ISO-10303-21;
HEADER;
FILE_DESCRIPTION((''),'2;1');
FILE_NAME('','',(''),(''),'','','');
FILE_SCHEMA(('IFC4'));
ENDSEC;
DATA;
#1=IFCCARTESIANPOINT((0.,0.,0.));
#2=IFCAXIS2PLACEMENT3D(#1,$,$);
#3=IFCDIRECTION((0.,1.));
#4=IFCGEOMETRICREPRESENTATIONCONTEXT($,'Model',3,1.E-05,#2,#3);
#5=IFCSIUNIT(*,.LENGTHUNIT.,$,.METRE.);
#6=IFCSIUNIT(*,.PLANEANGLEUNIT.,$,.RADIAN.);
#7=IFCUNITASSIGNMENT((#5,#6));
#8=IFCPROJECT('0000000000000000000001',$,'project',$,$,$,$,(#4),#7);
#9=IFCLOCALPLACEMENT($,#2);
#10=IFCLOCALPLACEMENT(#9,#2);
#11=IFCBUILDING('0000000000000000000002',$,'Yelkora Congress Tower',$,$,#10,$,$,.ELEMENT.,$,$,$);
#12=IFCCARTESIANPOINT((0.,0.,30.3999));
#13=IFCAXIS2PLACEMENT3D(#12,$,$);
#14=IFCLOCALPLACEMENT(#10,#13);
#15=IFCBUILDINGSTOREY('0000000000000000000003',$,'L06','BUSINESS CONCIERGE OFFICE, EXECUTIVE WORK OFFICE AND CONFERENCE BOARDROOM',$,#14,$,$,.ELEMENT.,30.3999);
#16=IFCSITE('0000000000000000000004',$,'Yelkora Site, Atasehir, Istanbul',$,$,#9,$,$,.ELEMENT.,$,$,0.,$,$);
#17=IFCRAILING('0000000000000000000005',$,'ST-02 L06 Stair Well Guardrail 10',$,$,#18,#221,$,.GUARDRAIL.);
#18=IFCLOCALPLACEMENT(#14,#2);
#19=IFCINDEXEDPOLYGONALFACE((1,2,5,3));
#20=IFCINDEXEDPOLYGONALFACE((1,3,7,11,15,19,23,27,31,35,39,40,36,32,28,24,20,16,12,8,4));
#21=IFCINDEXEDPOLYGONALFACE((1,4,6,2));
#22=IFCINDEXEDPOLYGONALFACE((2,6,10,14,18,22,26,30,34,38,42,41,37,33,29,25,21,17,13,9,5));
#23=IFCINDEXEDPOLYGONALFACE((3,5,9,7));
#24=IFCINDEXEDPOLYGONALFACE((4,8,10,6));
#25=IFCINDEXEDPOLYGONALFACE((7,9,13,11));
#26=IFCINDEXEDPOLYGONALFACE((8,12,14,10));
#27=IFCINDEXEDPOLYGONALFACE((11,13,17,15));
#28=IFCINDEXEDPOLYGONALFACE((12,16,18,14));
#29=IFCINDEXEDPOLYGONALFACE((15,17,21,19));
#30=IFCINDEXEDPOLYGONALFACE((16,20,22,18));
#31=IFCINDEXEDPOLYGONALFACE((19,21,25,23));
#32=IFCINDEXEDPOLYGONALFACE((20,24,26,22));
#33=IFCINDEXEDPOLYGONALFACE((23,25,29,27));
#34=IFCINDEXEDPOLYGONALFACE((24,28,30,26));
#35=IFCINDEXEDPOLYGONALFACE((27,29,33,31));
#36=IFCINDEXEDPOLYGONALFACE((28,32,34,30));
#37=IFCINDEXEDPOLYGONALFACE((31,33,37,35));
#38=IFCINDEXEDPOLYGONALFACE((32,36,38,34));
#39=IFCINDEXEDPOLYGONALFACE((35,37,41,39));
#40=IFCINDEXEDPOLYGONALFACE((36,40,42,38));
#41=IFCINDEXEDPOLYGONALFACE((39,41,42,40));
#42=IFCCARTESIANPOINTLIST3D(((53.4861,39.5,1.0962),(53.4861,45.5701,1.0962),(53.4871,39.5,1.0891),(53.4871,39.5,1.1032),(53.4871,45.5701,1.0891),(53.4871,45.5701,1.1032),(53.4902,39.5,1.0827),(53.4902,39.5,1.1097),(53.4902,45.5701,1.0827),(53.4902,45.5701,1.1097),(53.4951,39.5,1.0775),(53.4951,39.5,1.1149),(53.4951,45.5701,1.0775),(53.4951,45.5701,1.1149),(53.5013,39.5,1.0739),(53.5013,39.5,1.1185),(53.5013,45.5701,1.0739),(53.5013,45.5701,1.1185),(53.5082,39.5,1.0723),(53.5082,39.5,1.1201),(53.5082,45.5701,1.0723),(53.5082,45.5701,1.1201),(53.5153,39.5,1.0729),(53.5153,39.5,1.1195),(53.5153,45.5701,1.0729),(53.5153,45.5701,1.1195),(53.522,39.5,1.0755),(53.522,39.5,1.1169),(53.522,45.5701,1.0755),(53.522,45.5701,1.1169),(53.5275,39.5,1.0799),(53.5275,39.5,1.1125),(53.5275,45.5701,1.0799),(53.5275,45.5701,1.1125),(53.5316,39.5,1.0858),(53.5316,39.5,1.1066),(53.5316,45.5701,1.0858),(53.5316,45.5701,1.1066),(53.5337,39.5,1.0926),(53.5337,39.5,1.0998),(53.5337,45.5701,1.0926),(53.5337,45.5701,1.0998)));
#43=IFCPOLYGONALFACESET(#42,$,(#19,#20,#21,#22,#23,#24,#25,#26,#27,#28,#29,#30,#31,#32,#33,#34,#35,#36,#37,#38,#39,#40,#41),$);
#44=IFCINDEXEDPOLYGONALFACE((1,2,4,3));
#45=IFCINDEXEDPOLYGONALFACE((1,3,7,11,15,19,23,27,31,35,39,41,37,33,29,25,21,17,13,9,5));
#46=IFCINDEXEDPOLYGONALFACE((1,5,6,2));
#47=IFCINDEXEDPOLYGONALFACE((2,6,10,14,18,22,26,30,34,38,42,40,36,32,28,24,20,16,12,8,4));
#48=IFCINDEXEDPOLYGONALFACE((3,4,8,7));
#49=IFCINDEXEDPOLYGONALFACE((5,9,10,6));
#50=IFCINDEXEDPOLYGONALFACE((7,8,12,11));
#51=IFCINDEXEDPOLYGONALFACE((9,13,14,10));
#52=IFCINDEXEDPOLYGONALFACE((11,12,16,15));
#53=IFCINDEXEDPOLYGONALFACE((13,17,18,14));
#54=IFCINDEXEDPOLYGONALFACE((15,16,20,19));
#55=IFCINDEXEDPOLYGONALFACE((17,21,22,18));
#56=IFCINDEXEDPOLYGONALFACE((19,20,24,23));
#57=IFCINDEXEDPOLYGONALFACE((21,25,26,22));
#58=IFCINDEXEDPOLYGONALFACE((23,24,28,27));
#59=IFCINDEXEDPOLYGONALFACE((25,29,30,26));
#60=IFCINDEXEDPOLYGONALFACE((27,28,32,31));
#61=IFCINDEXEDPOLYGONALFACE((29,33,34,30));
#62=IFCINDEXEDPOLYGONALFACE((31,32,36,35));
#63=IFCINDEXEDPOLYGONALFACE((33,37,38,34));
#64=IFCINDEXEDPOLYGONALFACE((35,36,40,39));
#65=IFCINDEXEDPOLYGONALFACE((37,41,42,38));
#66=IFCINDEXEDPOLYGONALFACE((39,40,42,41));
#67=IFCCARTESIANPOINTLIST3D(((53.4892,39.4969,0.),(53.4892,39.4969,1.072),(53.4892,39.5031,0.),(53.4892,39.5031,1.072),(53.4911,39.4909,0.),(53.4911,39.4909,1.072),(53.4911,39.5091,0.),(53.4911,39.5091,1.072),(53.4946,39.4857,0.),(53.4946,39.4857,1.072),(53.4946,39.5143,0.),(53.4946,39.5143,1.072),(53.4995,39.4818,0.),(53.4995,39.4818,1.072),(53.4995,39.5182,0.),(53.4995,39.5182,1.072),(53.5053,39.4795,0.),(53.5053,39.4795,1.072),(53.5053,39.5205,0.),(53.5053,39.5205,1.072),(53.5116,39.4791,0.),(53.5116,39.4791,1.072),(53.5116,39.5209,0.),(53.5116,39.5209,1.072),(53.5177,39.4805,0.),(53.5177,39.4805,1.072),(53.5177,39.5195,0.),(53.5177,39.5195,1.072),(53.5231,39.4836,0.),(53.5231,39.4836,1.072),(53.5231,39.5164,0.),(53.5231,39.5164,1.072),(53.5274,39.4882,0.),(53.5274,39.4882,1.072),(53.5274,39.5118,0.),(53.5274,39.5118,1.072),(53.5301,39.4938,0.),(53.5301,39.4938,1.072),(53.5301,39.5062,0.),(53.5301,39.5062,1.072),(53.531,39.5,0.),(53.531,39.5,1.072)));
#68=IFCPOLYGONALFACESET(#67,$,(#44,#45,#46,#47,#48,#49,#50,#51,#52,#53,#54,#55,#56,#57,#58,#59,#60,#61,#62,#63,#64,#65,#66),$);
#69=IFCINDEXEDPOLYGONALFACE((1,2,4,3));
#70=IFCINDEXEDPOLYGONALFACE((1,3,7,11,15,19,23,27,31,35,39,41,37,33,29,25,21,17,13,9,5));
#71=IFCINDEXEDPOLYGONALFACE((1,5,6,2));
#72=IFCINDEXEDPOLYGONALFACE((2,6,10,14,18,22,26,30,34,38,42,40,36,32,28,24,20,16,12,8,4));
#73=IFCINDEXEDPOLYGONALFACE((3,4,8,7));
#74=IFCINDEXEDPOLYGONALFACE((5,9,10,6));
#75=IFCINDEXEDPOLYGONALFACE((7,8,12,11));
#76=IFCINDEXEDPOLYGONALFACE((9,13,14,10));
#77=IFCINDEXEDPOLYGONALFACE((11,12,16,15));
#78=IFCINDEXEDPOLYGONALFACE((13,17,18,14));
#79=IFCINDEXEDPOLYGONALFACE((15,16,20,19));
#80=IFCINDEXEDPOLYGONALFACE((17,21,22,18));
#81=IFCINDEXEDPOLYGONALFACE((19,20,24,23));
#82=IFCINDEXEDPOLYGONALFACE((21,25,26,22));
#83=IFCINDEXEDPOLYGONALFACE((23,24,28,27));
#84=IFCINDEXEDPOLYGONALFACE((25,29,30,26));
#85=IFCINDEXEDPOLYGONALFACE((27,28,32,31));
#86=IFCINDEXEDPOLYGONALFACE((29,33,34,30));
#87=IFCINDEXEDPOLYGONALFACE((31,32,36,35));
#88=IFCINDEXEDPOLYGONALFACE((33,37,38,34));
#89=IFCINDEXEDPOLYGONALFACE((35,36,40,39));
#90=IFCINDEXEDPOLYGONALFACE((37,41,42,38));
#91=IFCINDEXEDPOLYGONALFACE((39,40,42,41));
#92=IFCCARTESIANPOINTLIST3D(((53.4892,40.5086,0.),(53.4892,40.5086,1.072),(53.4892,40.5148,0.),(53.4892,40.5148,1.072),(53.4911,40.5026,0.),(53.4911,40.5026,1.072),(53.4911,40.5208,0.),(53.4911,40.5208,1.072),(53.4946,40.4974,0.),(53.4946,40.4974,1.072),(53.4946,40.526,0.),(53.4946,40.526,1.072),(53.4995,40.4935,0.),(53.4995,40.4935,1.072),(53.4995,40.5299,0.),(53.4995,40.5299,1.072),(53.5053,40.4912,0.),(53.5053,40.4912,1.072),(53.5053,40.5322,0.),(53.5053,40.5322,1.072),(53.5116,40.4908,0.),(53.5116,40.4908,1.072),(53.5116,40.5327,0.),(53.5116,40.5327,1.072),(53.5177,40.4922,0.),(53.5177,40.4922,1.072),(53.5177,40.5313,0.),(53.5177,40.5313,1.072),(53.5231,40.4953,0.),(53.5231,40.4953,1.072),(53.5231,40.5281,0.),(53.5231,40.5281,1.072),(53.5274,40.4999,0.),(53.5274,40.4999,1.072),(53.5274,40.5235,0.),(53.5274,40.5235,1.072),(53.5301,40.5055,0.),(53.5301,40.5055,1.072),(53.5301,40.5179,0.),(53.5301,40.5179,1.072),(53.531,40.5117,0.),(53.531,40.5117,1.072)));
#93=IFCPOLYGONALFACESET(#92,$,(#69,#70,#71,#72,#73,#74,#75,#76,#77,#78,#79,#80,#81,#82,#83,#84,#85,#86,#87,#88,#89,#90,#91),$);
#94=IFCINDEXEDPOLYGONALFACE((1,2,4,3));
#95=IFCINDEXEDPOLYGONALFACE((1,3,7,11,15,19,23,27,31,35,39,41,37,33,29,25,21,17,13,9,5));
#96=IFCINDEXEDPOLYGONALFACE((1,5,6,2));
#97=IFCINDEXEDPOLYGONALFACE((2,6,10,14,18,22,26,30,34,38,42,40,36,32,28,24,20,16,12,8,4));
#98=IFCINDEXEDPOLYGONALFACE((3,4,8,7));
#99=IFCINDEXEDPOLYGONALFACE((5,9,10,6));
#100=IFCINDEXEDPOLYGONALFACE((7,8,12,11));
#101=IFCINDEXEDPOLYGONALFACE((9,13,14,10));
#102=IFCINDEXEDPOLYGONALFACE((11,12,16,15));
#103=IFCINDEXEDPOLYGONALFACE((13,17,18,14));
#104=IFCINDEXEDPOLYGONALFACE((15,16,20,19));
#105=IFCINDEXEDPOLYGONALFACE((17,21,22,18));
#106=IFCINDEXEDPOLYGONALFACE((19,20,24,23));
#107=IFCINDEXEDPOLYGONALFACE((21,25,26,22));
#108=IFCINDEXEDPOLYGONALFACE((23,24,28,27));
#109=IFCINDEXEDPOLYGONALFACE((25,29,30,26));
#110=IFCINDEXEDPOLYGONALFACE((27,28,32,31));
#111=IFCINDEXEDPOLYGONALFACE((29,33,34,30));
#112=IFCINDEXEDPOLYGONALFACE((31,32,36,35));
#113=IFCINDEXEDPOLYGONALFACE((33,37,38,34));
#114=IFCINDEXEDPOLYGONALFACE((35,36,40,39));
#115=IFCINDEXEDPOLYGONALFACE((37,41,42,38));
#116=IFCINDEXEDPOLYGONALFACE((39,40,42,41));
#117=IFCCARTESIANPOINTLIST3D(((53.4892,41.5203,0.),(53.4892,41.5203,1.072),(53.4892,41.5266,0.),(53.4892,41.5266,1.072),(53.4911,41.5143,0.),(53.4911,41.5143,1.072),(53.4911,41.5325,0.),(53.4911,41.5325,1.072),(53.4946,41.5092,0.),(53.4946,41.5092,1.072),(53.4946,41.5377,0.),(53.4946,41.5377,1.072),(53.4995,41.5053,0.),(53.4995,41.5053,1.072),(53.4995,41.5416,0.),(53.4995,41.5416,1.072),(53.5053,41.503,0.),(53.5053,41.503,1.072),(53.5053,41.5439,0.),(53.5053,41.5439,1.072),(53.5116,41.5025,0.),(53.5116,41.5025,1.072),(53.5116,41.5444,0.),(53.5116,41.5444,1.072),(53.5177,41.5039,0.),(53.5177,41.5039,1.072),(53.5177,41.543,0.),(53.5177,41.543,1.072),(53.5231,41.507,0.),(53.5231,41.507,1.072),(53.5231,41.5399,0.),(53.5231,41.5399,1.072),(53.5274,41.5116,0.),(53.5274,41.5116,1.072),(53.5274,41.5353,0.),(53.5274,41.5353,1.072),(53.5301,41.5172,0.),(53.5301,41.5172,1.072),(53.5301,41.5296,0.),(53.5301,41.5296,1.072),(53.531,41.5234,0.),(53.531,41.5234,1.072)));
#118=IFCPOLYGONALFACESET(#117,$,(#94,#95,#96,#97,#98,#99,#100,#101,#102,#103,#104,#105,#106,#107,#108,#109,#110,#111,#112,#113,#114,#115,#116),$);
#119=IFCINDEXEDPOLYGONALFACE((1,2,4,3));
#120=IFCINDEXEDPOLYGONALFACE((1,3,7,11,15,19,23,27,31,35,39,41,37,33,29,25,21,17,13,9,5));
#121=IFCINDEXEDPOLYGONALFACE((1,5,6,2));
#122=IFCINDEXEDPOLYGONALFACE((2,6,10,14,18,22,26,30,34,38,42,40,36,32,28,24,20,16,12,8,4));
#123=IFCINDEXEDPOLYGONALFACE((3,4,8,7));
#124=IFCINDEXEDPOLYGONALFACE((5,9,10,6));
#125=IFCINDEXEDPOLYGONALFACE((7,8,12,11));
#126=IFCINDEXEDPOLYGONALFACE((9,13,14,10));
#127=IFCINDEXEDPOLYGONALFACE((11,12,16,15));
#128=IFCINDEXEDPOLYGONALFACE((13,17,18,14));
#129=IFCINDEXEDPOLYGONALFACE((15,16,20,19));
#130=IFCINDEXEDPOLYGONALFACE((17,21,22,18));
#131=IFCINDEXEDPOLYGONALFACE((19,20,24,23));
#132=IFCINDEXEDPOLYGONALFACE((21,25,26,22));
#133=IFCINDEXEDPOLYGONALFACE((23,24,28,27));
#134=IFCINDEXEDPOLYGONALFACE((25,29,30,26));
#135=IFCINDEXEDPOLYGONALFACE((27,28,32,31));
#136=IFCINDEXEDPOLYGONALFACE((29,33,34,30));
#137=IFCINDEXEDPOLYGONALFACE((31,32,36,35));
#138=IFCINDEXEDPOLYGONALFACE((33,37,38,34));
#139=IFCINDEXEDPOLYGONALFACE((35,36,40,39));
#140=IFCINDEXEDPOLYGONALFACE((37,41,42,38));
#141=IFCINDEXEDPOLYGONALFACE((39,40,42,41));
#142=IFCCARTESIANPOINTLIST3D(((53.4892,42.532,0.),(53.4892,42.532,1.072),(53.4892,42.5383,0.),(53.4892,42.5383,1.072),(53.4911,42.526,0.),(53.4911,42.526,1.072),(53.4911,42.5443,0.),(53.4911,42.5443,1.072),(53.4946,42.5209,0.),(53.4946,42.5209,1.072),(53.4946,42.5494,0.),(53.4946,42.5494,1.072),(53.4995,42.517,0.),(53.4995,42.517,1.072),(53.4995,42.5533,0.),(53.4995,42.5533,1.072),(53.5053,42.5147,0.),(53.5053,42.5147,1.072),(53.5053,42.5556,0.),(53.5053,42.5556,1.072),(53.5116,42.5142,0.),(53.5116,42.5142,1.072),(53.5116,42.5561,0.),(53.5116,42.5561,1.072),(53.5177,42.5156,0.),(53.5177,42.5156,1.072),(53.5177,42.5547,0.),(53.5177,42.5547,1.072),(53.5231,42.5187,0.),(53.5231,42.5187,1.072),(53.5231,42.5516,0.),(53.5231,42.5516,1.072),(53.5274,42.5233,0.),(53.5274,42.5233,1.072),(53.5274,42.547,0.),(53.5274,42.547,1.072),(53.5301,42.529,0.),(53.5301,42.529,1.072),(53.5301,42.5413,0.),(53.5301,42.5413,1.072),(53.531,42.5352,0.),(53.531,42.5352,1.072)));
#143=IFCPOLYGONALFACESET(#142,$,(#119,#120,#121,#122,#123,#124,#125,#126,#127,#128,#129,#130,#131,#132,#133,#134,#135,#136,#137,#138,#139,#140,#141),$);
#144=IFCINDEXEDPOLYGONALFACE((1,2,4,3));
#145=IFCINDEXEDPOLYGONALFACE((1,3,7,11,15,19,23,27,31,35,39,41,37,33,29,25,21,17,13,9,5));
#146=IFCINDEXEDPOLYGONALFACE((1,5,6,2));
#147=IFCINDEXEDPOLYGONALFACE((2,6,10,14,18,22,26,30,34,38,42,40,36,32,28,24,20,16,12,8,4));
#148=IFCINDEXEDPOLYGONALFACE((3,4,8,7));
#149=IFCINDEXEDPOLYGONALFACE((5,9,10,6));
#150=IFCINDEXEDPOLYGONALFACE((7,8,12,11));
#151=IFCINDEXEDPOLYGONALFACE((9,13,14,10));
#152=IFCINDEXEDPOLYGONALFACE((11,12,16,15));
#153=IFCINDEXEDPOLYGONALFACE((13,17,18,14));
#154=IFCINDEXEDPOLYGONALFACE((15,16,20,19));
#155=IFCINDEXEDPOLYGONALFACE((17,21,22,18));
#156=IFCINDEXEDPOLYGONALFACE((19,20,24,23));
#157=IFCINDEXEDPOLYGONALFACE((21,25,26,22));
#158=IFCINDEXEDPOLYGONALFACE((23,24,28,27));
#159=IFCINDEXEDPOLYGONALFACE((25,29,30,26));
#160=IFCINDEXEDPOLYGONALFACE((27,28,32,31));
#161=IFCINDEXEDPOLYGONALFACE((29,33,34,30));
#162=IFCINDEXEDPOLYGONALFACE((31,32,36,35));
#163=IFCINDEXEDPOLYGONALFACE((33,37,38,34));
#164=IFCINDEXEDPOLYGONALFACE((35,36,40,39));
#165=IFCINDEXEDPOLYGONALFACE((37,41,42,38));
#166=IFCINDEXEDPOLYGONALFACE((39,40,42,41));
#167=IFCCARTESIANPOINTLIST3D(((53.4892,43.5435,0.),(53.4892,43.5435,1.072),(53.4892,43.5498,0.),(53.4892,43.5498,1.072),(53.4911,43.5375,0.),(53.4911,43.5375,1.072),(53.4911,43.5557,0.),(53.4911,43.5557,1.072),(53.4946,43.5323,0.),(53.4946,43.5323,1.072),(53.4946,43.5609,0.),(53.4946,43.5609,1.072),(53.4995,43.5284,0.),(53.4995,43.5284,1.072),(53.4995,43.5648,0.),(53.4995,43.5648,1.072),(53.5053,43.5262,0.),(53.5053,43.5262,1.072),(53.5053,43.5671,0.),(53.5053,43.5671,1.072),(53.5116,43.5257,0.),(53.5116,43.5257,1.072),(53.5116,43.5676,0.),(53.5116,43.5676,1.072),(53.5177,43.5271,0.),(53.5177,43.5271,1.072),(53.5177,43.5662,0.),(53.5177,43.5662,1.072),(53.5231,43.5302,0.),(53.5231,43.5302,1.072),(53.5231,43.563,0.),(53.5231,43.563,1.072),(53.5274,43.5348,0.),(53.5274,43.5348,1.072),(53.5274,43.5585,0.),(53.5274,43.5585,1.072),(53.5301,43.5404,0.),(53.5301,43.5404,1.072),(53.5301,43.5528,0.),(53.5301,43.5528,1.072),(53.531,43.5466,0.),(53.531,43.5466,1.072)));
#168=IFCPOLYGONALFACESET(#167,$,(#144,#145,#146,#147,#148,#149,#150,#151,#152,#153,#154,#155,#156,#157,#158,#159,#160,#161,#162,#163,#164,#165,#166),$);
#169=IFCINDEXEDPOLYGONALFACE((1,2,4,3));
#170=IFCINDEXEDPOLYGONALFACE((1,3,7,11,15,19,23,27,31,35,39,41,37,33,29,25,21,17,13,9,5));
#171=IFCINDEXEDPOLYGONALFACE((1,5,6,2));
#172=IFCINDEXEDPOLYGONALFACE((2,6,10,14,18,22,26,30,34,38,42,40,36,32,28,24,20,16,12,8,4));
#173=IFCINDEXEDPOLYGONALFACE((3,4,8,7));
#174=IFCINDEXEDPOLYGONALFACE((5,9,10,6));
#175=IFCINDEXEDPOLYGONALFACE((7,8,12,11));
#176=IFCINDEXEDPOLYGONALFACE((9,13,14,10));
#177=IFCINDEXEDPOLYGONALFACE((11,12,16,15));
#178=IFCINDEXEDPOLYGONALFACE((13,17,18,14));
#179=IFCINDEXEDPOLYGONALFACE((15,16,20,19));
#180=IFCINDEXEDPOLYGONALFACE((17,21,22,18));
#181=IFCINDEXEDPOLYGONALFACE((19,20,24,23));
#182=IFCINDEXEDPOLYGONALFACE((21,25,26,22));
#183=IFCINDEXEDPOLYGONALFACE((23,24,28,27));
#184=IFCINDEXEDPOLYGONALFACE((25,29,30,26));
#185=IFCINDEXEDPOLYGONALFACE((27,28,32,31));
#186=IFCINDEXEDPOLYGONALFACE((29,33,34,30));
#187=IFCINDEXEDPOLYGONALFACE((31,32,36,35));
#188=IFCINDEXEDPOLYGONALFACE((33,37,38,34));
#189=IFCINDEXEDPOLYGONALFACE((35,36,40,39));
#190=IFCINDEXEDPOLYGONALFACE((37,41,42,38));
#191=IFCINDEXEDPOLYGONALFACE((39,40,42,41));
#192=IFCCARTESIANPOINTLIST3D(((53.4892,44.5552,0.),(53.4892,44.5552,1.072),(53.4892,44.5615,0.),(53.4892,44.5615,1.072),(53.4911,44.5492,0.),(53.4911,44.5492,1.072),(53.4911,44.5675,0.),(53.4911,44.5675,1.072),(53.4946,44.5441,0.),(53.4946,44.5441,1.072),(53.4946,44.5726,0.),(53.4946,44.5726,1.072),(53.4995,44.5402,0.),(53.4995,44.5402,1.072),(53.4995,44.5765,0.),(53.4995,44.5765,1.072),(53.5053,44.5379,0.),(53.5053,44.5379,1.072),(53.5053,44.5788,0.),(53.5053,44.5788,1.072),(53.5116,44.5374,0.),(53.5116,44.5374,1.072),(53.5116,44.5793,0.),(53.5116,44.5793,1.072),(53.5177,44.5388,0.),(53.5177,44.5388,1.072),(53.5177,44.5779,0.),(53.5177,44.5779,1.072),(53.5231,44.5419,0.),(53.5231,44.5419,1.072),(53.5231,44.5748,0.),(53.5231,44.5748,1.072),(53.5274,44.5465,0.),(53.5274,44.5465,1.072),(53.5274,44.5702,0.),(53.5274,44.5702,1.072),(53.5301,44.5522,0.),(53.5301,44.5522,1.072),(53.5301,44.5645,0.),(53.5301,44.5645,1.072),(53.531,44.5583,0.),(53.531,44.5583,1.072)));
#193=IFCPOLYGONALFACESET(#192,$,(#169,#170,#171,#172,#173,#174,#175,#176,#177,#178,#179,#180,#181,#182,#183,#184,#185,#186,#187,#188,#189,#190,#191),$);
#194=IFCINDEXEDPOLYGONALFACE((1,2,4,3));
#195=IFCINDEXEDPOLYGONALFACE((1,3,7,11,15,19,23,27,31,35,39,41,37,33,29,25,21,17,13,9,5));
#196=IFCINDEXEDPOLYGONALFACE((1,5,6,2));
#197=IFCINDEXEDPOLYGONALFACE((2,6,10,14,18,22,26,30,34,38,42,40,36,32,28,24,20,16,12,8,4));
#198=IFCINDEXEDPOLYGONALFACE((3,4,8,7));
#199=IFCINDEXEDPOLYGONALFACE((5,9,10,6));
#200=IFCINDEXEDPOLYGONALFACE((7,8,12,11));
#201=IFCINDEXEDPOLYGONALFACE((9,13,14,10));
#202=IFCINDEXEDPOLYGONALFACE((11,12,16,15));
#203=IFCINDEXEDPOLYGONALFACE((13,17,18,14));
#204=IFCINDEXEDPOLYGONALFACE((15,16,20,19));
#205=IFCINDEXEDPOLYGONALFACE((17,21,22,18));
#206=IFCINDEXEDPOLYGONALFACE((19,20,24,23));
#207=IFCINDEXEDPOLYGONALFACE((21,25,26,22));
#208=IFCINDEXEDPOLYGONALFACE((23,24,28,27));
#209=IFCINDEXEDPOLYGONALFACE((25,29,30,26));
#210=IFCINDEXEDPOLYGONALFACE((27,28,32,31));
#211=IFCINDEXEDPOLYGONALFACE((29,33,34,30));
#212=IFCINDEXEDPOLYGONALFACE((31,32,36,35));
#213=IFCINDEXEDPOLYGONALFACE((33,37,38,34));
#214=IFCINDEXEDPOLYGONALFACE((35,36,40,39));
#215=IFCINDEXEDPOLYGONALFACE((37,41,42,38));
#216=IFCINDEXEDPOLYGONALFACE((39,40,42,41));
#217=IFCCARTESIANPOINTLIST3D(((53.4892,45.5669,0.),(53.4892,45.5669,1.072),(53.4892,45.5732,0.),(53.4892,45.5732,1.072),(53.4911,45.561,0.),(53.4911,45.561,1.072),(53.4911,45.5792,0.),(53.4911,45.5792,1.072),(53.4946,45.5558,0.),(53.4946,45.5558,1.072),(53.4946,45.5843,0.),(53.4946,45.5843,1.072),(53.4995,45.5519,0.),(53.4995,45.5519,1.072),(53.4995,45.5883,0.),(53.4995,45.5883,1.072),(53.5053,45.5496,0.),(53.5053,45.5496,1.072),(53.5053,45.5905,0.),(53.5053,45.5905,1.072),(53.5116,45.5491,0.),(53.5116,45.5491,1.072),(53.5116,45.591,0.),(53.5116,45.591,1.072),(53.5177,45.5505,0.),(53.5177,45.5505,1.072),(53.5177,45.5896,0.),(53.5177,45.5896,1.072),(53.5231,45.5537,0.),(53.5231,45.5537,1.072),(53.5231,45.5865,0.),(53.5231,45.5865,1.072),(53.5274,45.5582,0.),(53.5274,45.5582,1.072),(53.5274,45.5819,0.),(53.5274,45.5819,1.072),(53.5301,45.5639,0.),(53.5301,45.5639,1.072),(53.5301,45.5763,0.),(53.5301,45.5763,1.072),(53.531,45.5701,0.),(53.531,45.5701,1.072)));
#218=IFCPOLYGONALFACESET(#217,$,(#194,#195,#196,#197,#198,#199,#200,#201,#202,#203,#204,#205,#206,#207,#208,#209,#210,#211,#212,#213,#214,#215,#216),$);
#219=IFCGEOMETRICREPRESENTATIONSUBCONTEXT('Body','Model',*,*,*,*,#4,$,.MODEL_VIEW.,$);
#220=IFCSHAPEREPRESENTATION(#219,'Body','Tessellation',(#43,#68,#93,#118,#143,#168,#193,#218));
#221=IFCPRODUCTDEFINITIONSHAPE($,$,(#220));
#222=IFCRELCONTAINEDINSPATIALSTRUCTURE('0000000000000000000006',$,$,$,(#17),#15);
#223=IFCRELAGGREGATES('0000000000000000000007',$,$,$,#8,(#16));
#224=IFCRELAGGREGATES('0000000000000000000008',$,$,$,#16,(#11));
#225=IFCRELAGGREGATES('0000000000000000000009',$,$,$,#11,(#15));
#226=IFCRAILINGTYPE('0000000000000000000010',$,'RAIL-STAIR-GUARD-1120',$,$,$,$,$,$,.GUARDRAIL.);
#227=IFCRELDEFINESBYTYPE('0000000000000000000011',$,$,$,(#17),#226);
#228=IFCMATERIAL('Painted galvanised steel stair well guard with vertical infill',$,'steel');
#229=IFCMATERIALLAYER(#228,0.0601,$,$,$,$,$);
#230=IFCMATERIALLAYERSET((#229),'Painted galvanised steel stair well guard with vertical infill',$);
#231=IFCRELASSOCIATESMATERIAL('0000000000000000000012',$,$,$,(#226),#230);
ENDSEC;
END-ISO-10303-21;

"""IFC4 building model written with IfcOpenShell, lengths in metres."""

from ifc_helpers import new_model, si_unit, direction, frame, origin, origin_2d, place, context, subcontext, project, spatial, circle, extrude, material, layer, layer_set, type_object, element, save


model = new_model("IFC4")

# Units and contexts
model_context = context("Model", 3, precision=1e-05, world=origin(), true_north=direction((0.0, 1.0)))
body_context = subcontext(model_context, "Body", "Model", "MODEL_VIEW")
ifc_project = project(units=[si_unit("LENGTHUNIT", "METRE"), si_unit("PLANEANGLEUNIT", "RADIAN")], contexts=[model_context])

# Site, building, storey
site_placement = place(None, origin())
site = spatial("IfcSite", under=ifc_project, at=site_placement, Name="Yelkora Site, Atasehir, Istanbul", CompositionType="ELEMENT", RefElevation=0.0)
building_placement = place(site_placement, origin())
building = spatial("IfcBuilding", under=site, at=building_placement, Name="Yelkora Congress Tower", CompositionType="ELEMENT")
storey_placement = place(building_placement, frame((0.0, 0.0, 30.3999)))
storey = spatial("IfcBuildingStorey", under=building, at=storey_placement, Name="L06", Description="BUSINESS CONCIERGE OFFICE, EXECUTIVE WORK OFFICE AND CONFERENCE BOARDROOM", CompositionType="ELEMENT", Elevation=30.3999)

# Railing
ifc_material_1 = material(Name="Painted galvanised steel stair well guard with vertical infill", Category="steel")
ifc_layer_1 = layer(ifc_material_1, 0.0601)
ifc_layer_set_1 = layer_set([ifc_layer_1], Name="Painted galvanised steel stair well guard with vertical infill")
railing_type_1 = type_object("IfcRailingType", Name="RAIL-STAIR-GUARD-1120", PredefinedType="GUARDRAIL", material=ifc_layer_set_1)
railing_1_placement = place(storey_placement, frame((53.51, 39.5, 0.0)))
element("IfcRailing", 1, at=railing_1_placement, inside=storey, type_object=railing_type_1, Name="ST-02 L06 Stair Well Guardrail 10", PredefinedType="GUARDRAIL", context=body_context, shape_type="SweptSolid", body=[
    extrude(circle(Radius=0.0239, at=origin_2d()), frame((0.0, 0.0, 1.0962), z_axis=(0.0, 1.0, 0.0), x_axis=(-1.0, 0.0, 0.0)), (0.0, 0.0, 1.0), 6.0701),
    extrude(circle(Radius=0.021, at=origin_2d()), origin(), (0.0, 0.0, 1.0), 1.072),
    extrude(circle(Radius=0.021, at=origin_2d()), frame((0.0, 1.0117, 0.0)), (0.0, 0.0, 1.0), 1.072),
    extrude(circle(Radius=0.021, at=origin_2d()), frame((0.0, 2.0234, 0.0)), (0.0, 0.0, 1.0), 1.072),
    extrude(circle(Radius=0.021, at=origin_2d()), frame((0.0, 3.0352, 0.0)), (0.0, 0.0, 1.0), 1.072),
    extrude(circle(Radius=0.021, at=origin_2d()), frame((0.0, 4.0466, 0.0)), (0.0, 0.0, 1.0), 1.072),
    extrude(circle(Radius=0.021, at=origin_2d()), frame((0.0, 5.0583, 0.0)), (0.0, 0.0, 1.0), 1.072),
    extrude(circle(Radius=0.021, at=origin_2d()), frame((0.0, 6.0701, 0.0)), (0.0, 0.0, 1.0), 1.072),
])

save(model, "model.ifc")
